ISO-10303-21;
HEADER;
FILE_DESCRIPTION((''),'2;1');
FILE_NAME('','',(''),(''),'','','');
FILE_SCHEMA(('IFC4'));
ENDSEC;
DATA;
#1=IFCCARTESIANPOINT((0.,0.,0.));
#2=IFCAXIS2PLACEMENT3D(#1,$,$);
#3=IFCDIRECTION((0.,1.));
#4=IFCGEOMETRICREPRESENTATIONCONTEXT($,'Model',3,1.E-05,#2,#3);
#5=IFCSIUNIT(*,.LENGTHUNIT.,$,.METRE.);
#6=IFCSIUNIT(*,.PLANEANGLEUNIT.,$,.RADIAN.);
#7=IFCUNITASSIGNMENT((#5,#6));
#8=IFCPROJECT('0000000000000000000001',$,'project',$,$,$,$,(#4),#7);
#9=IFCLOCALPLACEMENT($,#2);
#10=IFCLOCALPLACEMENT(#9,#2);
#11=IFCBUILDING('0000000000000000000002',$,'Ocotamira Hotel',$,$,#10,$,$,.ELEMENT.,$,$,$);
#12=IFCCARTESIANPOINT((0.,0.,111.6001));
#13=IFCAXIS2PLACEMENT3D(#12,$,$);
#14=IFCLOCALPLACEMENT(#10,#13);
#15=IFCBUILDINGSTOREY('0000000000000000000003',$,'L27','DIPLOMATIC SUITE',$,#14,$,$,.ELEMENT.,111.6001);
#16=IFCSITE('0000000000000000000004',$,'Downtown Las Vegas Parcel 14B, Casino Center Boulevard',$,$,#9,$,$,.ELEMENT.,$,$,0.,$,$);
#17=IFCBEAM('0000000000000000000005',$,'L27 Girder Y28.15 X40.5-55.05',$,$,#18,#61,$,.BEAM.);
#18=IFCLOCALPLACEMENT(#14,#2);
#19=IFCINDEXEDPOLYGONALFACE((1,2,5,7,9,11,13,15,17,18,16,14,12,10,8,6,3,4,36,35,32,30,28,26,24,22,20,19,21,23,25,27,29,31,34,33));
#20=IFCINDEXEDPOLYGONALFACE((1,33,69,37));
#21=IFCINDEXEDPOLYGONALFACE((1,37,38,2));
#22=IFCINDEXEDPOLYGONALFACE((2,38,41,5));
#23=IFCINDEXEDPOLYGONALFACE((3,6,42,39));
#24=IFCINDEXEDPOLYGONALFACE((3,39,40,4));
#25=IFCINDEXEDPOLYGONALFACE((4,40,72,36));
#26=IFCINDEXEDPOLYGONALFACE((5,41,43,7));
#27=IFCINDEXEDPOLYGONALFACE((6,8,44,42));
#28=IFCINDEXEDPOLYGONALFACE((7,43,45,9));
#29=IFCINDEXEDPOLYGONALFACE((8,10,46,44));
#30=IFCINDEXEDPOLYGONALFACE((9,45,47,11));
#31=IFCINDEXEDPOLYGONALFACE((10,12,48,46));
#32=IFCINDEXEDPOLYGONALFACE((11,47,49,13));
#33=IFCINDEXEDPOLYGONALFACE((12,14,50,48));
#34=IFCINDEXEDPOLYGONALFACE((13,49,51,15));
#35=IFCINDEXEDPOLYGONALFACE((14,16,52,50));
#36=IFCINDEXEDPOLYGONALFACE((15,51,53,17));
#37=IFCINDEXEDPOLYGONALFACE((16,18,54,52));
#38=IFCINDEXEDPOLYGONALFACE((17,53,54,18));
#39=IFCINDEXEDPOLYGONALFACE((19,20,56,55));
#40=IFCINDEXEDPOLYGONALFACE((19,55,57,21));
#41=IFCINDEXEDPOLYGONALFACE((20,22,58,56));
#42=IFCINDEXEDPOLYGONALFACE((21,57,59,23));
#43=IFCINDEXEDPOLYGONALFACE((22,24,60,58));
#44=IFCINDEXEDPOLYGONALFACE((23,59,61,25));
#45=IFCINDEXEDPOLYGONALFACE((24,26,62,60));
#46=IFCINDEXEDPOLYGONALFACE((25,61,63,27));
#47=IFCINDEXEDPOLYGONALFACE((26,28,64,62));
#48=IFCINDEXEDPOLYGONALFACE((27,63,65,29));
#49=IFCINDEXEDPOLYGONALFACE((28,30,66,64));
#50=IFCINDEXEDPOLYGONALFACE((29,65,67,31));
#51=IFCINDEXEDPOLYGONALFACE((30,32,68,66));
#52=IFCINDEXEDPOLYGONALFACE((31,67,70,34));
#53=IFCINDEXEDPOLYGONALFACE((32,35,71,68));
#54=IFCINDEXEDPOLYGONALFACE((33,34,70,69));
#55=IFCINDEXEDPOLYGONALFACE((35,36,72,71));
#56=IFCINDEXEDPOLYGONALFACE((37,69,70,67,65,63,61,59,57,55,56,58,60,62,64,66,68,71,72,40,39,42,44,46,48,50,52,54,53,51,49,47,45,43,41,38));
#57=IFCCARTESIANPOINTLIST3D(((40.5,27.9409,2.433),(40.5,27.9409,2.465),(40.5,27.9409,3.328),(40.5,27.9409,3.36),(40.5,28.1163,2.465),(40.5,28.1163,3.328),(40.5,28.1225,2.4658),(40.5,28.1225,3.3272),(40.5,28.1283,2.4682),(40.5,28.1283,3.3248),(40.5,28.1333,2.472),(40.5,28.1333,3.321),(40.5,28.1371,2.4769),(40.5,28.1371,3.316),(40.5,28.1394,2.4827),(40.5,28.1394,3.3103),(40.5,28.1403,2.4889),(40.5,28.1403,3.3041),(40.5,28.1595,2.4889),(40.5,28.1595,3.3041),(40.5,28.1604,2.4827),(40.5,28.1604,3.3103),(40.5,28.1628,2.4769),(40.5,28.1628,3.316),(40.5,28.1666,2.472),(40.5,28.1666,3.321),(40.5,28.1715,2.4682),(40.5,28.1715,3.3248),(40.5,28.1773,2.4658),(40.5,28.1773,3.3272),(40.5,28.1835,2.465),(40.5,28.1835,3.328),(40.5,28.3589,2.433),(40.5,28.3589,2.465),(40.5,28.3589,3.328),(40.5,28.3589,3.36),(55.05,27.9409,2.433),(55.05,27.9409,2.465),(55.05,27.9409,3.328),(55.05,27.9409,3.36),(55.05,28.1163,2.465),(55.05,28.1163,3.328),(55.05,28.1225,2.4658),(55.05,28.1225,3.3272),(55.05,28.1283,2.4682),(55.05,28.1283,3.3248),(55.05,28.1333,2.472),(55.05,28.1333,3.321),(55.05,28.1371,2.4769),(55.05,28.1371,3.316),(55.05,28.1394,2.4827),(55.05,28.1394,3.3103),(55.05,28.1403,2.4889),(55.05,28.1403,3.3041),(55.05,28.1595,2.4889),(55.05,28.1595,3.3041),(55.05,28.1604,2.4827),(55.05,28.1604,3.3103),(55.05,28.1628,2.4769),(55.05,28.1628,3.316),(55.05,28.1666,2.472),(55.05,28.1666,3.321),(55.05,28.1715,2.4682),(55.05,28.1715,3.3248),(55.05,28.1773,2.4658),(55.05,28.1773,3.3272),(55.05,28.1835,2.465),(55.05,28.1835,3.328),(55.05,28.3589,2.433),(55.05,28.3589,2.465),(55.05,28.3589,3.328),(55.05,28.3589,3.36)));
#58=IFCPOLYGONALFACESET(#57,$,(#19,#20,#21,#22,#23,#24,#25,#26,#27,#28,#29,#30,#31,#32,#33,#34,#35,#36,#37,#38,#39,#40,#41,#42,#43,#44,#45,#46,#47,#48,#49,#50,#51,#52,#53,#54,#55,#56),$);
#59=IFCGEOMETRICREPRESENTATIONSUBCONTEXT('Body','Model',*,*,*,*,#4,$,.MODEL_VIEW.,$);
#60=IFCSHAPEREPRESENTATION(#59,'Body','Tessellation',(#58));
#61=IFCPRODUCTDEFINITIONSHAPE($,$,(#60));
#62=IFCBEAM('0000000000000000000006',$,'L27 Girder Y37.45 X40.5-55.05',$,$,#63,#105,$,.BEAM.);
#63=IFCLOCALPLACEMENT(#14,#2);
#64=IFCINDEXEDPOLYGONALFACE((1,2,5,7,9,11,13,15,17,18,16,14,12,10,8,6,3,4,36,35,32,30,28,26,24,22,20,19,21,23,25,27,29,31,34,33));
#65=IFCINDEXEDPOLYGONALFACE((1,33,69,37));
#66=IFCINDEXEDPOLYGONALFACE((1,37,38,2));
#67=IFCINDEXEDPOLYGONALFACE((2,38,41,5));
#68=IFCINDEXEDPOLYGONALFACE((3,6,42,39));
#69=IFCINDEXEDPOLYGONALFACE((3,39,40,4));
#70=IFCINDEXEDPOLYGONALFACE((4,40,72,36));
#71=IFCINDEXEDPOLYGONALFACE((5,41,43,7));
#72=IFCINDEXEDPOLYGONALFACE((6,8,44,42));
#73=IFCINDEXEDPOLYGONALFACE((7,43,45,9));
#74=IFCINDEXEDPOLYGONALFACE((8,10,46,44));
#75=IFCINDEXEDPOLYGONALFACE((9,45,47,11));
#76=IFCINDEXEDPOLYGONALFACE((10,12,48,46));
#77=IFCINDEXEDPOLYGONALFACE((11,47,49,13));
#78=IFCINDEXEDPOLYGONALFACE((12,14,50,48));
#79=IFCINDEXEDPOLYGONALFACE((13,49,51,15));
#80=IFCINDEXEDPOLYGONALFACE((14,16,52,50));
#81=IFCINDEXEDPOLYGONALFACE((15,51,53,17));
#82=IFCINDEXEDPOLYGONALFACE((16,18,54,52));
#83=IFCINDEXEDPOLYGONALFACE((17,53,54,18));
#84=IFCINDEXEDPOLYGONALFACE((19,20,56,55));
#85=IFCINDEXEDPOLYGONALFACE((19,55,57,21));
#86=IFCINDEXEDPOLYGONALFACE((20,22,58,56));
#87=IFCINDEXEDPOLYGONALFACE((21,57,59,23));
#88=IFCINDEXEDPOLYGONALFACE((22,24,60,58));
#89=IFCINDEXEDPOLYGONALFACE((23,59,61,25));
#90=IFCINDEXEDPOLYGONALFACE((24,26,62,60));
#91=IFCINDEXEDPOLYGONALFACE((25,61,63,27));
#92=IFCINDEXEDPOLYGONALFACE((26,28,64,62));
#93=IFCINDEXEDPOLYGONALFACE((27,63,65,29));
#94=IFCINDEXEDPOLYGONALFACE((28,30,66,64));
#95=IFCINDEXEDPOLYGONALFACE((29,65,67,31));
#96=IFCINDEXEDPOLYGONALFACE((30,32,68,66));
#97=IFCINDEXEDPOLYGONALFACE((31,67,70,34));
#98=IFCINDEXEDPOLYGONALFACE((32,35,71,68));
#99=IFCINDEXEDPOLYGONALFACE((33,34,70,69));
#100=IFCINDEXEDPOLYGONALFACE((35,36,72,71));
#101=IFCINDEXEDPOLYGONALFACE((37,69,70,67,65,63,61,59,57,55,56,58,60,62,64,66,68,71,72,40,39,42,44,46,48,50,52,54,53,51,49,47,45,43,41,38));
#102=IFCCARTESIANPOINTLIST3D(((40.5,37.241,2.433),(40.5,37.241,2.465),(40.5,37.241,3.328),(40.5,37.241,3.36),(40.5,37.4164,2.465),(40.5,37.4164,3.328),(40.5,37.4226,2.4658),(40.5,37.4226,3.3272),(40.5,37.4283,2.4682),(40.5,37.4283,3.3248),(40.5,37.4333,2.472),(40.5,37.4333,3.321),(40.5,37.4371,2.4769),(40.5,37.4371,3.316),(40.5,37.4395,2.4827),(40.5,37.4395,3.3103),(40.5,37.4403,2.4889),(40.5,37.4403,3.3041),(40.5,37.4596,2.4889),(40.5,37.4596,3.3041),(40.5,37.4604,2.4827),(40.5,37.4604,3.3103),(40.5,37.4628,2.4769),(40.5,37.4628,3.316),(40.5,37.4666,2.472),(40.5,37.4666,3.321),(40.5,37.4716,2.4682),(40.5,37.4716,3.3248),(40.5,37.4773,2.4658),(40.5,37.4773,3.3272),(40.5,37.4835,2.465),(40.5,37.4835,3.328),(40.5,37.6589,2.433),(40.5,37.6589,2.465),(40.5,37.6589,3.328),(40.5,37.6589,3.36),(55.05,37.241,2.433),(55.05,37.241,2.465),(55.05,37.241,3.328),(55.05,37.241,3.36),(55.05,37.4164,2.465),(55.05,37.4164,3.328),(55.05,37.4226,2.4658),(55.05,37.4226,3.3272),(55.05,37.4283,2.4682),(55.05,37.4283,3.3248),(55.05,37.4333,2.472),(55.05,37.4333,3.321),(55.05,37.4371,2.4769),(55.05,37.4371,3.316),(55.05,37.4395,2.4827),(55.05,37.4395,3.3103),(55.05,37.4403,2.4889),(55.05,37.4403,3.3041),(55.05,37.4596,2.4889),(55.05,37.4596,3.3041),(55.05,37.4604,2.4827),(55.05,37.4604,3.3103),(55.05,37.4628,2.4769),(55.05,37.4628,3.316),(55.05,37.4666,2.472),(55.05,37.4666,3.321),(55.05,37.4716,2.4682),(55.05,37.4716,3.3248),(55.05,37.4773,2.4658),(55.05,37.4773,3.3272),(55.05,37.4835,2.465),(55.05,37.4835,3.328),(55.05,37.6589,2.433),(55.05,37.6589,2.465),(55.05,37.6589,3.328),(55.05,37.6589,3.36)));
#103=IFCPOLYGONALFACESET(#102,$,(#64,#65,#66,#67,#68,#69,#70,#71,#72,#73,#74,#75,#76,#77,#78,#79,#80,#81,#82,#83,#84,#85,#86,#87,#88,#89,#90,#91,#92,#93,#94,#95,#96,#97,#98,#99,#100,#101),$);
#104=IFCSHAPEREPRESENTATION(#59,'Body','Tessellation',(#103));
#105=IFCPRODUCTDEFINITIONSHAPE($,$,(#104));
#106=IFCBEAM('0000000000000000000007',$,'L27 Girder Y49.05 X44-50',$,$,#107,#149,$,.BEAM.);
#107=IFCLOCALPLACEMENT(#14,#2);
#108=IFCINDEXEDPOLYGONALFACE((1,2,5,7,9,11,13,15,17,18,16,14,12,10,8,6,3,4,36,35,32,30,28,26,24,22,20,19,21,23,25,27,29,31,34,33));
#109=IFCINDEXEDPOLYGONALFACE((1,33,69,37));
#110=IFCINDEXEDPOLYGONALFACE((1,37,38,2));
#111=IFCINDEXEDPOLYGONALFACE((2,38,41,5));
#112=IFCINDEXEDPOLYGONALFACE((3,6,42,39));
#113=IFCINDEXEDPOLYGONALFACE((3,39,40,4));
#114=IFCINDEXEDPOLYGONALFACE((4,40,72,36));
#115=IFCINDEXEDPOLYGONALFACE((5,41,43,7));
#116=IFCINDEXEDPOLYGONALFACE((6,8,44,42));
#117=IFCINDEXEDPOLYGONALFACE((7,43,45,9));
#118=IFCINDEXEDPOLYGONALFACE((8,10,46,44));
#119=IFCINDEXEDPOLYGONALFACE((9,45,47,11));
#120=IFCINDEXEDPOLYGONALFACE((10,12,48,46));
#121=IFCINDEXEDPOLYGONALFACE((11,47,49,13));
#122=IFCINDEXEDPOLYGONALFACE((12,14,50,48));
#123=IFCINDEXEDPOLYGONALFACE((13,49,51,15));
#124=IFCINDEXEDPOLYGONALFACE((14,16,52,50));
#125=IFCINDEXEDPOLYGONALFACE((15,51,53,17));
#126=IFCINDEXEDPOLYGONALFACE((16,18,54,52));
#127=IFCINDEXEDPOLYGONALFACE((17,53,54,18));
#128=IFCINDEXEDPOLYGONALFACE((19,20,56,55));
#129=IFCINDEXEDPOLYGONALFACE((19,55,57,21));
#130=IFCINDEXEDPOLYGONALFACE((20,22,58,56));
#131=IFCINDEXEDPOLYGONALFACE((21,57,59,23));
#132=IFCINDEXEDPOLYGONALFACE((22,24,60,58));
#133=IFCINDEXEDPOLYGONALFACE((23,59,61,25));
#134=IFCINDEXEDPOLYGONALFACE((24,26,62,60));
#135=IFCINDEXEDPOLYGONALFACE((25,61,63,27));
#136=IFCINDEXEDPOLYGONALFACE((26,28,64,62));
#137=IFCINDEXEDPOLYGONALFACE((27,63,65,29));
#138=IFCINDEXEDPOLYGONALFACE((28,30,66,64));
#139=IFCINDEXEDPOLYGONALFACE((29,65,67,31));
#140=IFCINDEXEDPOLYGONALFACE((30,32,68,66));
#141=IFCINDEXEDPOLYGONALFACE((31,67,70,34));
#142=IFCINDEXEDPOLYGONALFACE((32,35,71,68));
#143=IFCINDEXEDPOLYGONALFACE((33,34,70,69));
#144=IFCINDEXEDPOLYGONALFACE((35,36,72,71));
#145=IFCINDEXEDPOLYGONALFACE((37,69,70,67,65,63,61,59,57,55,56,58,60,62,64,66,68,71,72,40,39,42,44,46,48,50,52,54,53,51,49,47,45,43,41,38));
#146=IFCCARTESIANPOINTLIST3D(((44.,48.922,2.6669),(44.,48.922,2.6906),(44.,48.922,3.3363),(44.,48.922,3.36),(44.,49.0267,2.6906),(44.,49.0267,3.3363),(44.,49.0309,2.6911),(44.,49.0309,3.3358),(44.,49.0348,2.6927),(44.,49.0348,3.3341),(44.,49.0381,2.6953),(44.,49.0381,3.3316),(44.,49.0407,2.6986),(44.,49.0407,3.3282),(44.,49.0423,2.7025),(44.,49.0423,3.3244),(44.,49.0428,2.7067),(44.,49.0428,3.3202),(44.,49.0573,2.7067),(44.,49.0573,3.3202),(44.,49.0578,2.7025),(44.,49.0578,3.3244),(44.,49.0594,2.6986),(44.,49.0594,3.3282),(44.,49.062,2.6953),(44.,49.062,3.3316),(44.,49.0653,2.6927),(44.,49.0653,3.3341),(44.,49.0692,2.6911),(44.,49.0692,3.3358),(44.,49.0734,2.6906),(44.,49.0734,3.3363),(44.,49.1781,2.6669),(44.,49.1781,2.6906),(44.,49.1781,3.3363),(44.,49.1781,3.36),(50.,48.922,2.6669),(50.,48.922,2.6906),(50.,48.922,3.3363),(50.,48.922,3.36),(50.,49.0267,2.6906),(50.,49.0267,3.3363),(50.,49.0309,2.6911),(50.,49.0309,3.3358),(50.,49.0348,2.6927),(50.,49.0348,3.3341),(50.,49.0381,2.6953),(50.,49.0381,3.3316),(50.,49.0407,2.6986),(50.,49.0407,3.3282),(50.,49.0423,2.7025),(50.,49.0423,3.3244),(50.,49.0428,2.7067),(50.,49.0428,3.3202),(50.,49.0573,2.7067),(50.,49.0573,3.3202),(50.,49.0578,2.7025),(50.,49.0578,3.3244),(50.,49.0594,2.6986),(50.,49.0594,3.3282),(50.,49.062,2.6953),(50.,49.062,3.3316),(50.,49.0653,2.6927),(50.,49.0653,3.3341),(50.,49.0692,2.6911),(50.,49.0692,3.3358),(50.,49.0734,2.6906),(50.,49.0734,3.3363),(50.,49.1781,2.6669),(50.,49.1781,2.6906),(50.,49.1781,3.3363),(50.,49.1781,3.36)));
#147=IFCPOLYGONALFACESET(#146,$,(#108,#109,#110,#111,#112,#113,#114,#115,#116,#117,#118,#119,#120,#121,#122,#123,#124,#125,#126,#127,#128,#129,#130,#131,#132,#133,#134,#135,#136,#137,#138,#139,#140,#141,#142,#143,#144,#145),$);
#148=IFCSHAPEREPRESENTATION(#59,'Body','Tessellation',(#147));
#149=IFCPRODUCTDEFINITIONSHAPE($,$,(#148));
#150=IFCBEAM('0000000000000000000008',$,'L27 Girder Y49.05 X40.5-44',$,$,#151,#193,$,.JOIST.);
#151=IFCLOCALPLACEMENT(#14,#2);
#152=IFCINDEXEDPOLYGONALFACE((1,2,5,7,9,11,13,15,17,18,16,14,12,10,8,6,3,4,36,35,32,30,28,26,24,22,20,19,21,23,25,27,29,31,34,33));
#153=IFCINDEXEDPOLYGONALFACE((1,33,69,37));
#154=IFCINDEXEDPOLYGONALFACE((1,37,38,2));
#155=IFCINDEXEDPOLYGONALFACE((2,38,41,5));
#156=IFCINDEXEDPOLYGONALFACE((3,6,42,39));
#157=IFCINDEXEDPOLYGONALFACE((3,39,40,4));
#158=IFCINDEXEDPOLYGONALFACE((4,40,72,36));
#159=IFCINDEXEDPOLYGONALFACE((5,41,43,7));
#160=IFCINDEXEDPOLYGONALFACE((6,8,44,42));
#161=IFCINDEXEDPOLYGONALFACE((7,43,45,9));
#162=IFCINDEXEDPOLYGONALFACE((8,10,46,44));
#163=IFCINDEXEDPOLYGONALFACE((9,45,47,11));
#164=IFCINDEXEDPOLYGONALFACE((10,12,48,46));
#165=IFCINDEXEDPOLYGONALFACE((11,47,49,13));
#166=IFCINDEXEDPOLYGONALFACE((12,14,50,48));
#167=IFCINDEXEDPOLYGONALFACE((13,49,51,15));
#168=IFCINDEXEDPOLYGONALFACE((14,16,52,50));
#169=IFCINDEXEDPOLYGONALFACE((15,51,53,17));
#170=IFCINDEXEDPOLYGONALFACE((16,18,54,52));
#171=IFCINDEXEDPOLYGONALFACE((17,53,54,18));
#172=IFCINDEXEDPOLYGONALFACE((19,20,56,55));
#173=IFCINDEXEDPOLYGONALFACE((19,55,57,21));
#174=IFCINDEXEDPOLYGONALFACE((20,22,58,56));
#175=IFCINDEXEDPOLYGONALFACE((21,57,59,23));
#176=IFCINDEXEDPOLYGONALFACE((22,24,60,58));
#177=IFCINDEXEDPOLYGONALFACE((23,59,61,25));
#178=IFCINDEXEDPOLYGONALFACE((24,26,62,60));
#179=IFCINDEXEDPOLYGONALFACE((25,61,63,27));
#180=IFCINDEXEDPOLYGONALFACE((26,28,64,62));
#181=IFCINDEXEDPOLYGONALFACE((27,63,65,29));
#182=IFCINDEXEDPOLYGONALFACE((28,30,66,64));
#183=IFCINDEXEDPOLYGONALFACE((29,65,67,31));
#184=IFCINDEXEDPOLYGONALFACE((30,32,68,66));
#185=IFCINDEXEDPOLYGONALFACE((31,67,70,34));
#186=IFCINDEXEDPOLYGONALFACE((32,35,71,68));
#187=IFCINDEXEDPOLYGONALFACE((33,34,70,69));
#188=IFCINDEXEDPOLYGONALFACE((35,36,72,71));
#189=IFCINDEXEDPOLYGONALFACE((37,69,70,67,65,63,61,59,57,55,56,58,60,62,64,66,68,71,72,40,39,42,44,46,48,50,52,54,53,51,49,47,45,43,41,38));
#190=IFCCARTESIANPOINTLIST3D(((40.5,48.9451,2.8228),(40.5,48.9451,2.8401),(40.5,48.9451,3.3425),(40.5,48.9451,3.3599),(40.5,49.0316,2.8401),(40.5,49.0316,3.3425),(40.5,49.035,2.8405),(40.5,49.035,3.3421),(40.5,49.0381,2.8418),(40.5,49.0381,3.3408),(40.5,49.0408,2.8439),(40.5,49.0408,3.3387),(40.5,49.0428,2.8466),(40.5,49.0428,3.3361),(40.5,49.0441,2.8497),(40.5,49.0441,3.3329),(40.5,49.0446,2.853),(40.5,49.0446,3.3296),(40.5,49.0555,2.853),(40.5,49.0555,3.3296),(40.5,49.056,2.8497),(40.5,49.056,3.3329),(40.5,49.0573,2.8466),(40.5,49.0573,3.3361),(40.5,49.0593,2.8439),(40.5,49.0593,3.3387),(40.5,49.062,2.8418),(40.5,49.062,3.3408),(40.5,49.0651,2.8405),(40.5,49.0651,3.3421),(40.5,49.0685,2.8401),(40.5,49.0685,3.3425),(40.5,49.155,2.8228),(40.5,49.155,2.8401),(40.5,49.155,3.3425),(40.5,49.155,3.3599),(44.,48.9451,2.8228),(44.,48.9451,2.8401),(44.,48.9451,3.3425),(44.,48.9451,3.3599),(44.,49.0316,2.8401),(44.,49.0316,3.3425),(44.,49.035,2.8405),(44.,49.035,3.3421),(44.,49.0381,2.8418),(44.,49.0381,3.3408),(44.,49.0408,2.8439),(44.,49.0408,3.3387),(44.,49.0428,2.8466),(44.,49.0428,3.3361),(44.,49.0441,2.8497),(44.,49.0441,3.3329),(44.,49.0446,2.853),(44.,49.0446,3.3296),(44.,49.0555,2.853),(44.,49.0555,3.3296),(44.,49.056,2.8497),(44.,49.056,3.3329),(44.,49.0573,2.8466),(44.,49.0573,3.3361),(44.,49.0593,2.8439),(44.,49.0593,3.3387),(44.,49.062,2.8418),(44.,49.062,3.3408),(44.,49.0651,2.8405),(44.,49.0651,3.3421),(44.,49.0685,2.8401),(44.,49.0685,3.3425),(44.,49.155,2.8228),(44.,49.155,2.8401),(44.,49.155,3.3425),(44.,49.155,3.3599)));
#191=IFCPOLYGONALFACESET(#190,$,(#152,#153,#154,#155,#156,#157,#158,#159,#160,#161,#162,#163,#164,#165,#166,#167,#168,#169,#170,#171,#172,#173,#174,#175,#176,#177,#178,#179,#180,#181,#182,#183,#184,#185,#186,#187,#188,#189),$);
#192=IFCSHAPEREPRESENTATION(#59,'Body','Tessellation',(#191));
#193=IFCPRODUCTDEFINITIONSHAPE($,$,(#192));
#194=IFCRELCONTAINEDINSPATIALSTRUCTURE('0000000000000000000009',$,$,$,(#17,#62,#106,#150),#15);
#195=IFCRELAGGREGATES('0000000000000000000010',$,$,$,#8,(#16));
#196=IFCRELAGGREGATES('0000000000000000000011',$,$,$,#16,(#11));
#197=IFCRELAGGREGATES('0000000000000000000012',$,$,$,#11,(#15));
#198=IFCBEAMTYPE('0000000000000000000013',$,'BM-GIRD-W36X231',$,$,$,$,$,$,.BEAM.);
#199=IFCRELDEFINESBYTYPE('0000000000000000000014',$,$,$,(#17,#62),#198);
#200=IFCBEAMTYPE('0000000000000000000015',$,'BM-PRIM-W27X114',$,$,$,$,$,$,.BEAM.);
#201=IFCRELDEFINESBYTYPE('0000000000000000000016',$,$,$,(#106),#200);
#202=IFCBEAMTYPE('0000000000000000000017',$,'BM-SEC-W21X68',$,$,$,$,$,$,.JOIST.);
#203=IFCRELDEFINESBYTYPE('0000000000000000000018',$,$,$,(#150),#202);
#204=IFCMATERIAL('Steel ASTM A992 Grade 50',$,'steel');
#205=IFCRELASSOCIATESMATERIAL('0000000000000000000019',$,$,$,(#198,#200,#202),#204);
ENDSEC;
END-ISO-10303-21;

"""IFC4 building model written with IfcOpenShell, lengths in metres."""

from ifc_helpers import new_model, si_unit, direction, frame, origin, origin_2d, place, context, subcontext, project, spatial, i_section, extrude, source, transform, mapped, material, material_profile, profile_set, type_object, element, save


model = new_model("IFC4")

# Units and contexts
model_context = context("Model", 3, precision=1e-05, world=origin(), true_north=direction((0.0, 1.0)))
body_context = subcontext(model_context, "Body", "Model", "MODEL_VIEW")
ifc_project = project(units=[si_unit("LENGTHUNIT", "METRE"), si_unit("PLANEANGLEUNIT", "RADIAN")], contexts=[model_context])

# Site, building, storey
site_placement = place(None, origin())
site = spatial("IfcSite", under=ifc_project, at=site_placement, Name="Downtown Las Vegas Parcel 14B, Casino Center Boulevard", CompositionType="ELEMENT", RefElevation=0.0)
building_placement = place(site_placement, origin())
building = spatial("IfcBuilding", under=site, at=building_placement, Name="Ocotamira Hotel", CompositionType="ELEMENT")
storey_placement = place(building_placement, frame((0.0, 0.0, 111.6001)))
storey = spatial("IfcBuildingStorey", under=building, at=storey_placement, Name="L27", Description="DIPLOMATIC SUITE", CompositionType="ELEMENT", Elevation=111.6001)

# Beams
ifc_material_1 = material(Name="Steel ASTM A992 Grade 50", Category="steel")
ifc_material_profile_1 = material_profile(ifc_material_1, i_section(OverallWidth=0.418, OverallDepth=0.927, WebThickness=0.0193, FlangeThickness=0.032, FilletRadius=0.0239, at=origin_2d()), Name="W36X231")
ifc_profile_set_1 = profile_set([ifc_material_profile_1], Name="Steel ASTM A992 Grade 50")
beam_type_1 = type_object("IfcBeamType", Name="BM-GIRD-W36X231", PredefinedType="BEAM", material=ifc_profile_set_1)
shared_shape_1 = source(origin(), body_context, "Body", "SweptSolid", [
    extrude(i_section(OverallWidth=0.418, OverallDepth=0.927, WebThickness=0.0193, FlangeThickness=0.032, FilletRadius=0.0239, at=origin_2d()), origin(), (0.0, 0.0, 1.0), 14.55),
])
for number, where, z_axis, x_axis, name in (
    (1, (40.5, 28.1499, 2.8965), (1.0, 0.0, 0.0), (0.0, 1.0, 0.0), "L27 Girder Y28.15 X40.5-55.05"),
    (2, (40.5, 37.45, 2.8965), (1.0, 0.0, 0.0), (0.0, 1.0, 0.0), "L27 Girder Y37.45 X40.5-55.05"),
):
    element("IfcBeam", number, at=place(storey_placement, frame(where, z_axis=z_axis, x_axis=x_axis)), inside=storey, type_object=beam_type_1, Name=name, PredefinedType="BEAM", context=body_context, shape_type="MappedRepresentation", body=[
        mapped(shared_shape_1, transform((0.0, 0.0, 0.0), scale=1.0)),
    ])
ifc_material_profile_2 = material_profile(ifc_material_1, i_section(OverallWidth=0.2561, OverallDepth=0.6931, WebThickness=0.0144, FlangeThickness=0.0237, FilletRadius=0.0161, at=origin_2d()), Name="W27X114")
ifc_profile_set_2 = profile_set([ifc_material_profile_2], Name="Steel ASTM A992 Grade 50")
beam_type_2 = type_object("IfcBeamType", Name="BM-PRIM-W27X114", PredefinedType="BEAM", material=ifc_profile_set_2)
shared_shape_2 = source(origin(), body_context, "Body", "SweptSolid", [
    extrude(i_section(OverallWidth=0.2561, OverallDepth=0.6931, WebThickness=0.0144, FlangeThickness=0.0237, FilletRadius=0.0161, at=origin_2d()), origin(), (0.0, 0.0, 1.0), 6.0),
])
beam_1_placement = place(storey_placement, frame((44.0, 49.05, 3.0134), z_axis=(1.0, 0.0, 0.0), x_axis=(0.0, 1.0, 0.0)))
element("IfcBeam", 3, at=beam_1_placement, inside=storey, type_object=beam_type_2, Name="L27 Girder Y49.05 X44-50", PredefinedType="BEAM", context=body_context, shape_type="MappedRepresentation", body=[
    mapped(shared_shape_2, transform((0.0, 0.0, 0.0), scale=1.0)),
])
ifc_material_profile_3 = material_profile(ifc_material_1, i_section(OverallWidth=0.21, OverallDepth=0.5371, WebThickness=0.011, FlangeThickness=0.0173, FilletRadius=0.0129, at=origin_2d()), Name="W21X68")
ifc_profile_set_3 = profile_set([ifc_material_profile_3], Name="Steel ASTM A992 Grade 50")
beam_type_3 = type_object("IfcBeamType", Name="BM-SEC-W21X68", PredefinedType="JOIST", material=ifc_profile_set_3)
shared_shape_3 = source(origin(), body_context, "Body", "SweptSolid", [
    extrude(i_section(OverallWidth=0.21, OverallDepth=0.5371, WebThickness=0.011, FlangeThickness=0.0173, FilletRadius=0.0129, at=origin_2d()), origin(), (0.0, 0.0, 1.0), 3.5),
])
beam_2_placement = place(storey_placement, frame((40.5, 49.05, 3.0913), z_axis=(1.0, 0.0, 0.0), x_axis=(0.0, 1.0, 0.0)))
element("IfcBeam", 4, at=beam_2_placement, inside=storey, type_object=beam_type_3, Name="L27 Girder Y49.05 X40.5-44", PredefinedType="JOIST", context=body_context, shape_type="MappedRepresentation", body=[
    mapped(shared_shape_3, transform((0.0, 0.0, 0.0), scale=1.0)),
])

save(model, "model.ifc")
